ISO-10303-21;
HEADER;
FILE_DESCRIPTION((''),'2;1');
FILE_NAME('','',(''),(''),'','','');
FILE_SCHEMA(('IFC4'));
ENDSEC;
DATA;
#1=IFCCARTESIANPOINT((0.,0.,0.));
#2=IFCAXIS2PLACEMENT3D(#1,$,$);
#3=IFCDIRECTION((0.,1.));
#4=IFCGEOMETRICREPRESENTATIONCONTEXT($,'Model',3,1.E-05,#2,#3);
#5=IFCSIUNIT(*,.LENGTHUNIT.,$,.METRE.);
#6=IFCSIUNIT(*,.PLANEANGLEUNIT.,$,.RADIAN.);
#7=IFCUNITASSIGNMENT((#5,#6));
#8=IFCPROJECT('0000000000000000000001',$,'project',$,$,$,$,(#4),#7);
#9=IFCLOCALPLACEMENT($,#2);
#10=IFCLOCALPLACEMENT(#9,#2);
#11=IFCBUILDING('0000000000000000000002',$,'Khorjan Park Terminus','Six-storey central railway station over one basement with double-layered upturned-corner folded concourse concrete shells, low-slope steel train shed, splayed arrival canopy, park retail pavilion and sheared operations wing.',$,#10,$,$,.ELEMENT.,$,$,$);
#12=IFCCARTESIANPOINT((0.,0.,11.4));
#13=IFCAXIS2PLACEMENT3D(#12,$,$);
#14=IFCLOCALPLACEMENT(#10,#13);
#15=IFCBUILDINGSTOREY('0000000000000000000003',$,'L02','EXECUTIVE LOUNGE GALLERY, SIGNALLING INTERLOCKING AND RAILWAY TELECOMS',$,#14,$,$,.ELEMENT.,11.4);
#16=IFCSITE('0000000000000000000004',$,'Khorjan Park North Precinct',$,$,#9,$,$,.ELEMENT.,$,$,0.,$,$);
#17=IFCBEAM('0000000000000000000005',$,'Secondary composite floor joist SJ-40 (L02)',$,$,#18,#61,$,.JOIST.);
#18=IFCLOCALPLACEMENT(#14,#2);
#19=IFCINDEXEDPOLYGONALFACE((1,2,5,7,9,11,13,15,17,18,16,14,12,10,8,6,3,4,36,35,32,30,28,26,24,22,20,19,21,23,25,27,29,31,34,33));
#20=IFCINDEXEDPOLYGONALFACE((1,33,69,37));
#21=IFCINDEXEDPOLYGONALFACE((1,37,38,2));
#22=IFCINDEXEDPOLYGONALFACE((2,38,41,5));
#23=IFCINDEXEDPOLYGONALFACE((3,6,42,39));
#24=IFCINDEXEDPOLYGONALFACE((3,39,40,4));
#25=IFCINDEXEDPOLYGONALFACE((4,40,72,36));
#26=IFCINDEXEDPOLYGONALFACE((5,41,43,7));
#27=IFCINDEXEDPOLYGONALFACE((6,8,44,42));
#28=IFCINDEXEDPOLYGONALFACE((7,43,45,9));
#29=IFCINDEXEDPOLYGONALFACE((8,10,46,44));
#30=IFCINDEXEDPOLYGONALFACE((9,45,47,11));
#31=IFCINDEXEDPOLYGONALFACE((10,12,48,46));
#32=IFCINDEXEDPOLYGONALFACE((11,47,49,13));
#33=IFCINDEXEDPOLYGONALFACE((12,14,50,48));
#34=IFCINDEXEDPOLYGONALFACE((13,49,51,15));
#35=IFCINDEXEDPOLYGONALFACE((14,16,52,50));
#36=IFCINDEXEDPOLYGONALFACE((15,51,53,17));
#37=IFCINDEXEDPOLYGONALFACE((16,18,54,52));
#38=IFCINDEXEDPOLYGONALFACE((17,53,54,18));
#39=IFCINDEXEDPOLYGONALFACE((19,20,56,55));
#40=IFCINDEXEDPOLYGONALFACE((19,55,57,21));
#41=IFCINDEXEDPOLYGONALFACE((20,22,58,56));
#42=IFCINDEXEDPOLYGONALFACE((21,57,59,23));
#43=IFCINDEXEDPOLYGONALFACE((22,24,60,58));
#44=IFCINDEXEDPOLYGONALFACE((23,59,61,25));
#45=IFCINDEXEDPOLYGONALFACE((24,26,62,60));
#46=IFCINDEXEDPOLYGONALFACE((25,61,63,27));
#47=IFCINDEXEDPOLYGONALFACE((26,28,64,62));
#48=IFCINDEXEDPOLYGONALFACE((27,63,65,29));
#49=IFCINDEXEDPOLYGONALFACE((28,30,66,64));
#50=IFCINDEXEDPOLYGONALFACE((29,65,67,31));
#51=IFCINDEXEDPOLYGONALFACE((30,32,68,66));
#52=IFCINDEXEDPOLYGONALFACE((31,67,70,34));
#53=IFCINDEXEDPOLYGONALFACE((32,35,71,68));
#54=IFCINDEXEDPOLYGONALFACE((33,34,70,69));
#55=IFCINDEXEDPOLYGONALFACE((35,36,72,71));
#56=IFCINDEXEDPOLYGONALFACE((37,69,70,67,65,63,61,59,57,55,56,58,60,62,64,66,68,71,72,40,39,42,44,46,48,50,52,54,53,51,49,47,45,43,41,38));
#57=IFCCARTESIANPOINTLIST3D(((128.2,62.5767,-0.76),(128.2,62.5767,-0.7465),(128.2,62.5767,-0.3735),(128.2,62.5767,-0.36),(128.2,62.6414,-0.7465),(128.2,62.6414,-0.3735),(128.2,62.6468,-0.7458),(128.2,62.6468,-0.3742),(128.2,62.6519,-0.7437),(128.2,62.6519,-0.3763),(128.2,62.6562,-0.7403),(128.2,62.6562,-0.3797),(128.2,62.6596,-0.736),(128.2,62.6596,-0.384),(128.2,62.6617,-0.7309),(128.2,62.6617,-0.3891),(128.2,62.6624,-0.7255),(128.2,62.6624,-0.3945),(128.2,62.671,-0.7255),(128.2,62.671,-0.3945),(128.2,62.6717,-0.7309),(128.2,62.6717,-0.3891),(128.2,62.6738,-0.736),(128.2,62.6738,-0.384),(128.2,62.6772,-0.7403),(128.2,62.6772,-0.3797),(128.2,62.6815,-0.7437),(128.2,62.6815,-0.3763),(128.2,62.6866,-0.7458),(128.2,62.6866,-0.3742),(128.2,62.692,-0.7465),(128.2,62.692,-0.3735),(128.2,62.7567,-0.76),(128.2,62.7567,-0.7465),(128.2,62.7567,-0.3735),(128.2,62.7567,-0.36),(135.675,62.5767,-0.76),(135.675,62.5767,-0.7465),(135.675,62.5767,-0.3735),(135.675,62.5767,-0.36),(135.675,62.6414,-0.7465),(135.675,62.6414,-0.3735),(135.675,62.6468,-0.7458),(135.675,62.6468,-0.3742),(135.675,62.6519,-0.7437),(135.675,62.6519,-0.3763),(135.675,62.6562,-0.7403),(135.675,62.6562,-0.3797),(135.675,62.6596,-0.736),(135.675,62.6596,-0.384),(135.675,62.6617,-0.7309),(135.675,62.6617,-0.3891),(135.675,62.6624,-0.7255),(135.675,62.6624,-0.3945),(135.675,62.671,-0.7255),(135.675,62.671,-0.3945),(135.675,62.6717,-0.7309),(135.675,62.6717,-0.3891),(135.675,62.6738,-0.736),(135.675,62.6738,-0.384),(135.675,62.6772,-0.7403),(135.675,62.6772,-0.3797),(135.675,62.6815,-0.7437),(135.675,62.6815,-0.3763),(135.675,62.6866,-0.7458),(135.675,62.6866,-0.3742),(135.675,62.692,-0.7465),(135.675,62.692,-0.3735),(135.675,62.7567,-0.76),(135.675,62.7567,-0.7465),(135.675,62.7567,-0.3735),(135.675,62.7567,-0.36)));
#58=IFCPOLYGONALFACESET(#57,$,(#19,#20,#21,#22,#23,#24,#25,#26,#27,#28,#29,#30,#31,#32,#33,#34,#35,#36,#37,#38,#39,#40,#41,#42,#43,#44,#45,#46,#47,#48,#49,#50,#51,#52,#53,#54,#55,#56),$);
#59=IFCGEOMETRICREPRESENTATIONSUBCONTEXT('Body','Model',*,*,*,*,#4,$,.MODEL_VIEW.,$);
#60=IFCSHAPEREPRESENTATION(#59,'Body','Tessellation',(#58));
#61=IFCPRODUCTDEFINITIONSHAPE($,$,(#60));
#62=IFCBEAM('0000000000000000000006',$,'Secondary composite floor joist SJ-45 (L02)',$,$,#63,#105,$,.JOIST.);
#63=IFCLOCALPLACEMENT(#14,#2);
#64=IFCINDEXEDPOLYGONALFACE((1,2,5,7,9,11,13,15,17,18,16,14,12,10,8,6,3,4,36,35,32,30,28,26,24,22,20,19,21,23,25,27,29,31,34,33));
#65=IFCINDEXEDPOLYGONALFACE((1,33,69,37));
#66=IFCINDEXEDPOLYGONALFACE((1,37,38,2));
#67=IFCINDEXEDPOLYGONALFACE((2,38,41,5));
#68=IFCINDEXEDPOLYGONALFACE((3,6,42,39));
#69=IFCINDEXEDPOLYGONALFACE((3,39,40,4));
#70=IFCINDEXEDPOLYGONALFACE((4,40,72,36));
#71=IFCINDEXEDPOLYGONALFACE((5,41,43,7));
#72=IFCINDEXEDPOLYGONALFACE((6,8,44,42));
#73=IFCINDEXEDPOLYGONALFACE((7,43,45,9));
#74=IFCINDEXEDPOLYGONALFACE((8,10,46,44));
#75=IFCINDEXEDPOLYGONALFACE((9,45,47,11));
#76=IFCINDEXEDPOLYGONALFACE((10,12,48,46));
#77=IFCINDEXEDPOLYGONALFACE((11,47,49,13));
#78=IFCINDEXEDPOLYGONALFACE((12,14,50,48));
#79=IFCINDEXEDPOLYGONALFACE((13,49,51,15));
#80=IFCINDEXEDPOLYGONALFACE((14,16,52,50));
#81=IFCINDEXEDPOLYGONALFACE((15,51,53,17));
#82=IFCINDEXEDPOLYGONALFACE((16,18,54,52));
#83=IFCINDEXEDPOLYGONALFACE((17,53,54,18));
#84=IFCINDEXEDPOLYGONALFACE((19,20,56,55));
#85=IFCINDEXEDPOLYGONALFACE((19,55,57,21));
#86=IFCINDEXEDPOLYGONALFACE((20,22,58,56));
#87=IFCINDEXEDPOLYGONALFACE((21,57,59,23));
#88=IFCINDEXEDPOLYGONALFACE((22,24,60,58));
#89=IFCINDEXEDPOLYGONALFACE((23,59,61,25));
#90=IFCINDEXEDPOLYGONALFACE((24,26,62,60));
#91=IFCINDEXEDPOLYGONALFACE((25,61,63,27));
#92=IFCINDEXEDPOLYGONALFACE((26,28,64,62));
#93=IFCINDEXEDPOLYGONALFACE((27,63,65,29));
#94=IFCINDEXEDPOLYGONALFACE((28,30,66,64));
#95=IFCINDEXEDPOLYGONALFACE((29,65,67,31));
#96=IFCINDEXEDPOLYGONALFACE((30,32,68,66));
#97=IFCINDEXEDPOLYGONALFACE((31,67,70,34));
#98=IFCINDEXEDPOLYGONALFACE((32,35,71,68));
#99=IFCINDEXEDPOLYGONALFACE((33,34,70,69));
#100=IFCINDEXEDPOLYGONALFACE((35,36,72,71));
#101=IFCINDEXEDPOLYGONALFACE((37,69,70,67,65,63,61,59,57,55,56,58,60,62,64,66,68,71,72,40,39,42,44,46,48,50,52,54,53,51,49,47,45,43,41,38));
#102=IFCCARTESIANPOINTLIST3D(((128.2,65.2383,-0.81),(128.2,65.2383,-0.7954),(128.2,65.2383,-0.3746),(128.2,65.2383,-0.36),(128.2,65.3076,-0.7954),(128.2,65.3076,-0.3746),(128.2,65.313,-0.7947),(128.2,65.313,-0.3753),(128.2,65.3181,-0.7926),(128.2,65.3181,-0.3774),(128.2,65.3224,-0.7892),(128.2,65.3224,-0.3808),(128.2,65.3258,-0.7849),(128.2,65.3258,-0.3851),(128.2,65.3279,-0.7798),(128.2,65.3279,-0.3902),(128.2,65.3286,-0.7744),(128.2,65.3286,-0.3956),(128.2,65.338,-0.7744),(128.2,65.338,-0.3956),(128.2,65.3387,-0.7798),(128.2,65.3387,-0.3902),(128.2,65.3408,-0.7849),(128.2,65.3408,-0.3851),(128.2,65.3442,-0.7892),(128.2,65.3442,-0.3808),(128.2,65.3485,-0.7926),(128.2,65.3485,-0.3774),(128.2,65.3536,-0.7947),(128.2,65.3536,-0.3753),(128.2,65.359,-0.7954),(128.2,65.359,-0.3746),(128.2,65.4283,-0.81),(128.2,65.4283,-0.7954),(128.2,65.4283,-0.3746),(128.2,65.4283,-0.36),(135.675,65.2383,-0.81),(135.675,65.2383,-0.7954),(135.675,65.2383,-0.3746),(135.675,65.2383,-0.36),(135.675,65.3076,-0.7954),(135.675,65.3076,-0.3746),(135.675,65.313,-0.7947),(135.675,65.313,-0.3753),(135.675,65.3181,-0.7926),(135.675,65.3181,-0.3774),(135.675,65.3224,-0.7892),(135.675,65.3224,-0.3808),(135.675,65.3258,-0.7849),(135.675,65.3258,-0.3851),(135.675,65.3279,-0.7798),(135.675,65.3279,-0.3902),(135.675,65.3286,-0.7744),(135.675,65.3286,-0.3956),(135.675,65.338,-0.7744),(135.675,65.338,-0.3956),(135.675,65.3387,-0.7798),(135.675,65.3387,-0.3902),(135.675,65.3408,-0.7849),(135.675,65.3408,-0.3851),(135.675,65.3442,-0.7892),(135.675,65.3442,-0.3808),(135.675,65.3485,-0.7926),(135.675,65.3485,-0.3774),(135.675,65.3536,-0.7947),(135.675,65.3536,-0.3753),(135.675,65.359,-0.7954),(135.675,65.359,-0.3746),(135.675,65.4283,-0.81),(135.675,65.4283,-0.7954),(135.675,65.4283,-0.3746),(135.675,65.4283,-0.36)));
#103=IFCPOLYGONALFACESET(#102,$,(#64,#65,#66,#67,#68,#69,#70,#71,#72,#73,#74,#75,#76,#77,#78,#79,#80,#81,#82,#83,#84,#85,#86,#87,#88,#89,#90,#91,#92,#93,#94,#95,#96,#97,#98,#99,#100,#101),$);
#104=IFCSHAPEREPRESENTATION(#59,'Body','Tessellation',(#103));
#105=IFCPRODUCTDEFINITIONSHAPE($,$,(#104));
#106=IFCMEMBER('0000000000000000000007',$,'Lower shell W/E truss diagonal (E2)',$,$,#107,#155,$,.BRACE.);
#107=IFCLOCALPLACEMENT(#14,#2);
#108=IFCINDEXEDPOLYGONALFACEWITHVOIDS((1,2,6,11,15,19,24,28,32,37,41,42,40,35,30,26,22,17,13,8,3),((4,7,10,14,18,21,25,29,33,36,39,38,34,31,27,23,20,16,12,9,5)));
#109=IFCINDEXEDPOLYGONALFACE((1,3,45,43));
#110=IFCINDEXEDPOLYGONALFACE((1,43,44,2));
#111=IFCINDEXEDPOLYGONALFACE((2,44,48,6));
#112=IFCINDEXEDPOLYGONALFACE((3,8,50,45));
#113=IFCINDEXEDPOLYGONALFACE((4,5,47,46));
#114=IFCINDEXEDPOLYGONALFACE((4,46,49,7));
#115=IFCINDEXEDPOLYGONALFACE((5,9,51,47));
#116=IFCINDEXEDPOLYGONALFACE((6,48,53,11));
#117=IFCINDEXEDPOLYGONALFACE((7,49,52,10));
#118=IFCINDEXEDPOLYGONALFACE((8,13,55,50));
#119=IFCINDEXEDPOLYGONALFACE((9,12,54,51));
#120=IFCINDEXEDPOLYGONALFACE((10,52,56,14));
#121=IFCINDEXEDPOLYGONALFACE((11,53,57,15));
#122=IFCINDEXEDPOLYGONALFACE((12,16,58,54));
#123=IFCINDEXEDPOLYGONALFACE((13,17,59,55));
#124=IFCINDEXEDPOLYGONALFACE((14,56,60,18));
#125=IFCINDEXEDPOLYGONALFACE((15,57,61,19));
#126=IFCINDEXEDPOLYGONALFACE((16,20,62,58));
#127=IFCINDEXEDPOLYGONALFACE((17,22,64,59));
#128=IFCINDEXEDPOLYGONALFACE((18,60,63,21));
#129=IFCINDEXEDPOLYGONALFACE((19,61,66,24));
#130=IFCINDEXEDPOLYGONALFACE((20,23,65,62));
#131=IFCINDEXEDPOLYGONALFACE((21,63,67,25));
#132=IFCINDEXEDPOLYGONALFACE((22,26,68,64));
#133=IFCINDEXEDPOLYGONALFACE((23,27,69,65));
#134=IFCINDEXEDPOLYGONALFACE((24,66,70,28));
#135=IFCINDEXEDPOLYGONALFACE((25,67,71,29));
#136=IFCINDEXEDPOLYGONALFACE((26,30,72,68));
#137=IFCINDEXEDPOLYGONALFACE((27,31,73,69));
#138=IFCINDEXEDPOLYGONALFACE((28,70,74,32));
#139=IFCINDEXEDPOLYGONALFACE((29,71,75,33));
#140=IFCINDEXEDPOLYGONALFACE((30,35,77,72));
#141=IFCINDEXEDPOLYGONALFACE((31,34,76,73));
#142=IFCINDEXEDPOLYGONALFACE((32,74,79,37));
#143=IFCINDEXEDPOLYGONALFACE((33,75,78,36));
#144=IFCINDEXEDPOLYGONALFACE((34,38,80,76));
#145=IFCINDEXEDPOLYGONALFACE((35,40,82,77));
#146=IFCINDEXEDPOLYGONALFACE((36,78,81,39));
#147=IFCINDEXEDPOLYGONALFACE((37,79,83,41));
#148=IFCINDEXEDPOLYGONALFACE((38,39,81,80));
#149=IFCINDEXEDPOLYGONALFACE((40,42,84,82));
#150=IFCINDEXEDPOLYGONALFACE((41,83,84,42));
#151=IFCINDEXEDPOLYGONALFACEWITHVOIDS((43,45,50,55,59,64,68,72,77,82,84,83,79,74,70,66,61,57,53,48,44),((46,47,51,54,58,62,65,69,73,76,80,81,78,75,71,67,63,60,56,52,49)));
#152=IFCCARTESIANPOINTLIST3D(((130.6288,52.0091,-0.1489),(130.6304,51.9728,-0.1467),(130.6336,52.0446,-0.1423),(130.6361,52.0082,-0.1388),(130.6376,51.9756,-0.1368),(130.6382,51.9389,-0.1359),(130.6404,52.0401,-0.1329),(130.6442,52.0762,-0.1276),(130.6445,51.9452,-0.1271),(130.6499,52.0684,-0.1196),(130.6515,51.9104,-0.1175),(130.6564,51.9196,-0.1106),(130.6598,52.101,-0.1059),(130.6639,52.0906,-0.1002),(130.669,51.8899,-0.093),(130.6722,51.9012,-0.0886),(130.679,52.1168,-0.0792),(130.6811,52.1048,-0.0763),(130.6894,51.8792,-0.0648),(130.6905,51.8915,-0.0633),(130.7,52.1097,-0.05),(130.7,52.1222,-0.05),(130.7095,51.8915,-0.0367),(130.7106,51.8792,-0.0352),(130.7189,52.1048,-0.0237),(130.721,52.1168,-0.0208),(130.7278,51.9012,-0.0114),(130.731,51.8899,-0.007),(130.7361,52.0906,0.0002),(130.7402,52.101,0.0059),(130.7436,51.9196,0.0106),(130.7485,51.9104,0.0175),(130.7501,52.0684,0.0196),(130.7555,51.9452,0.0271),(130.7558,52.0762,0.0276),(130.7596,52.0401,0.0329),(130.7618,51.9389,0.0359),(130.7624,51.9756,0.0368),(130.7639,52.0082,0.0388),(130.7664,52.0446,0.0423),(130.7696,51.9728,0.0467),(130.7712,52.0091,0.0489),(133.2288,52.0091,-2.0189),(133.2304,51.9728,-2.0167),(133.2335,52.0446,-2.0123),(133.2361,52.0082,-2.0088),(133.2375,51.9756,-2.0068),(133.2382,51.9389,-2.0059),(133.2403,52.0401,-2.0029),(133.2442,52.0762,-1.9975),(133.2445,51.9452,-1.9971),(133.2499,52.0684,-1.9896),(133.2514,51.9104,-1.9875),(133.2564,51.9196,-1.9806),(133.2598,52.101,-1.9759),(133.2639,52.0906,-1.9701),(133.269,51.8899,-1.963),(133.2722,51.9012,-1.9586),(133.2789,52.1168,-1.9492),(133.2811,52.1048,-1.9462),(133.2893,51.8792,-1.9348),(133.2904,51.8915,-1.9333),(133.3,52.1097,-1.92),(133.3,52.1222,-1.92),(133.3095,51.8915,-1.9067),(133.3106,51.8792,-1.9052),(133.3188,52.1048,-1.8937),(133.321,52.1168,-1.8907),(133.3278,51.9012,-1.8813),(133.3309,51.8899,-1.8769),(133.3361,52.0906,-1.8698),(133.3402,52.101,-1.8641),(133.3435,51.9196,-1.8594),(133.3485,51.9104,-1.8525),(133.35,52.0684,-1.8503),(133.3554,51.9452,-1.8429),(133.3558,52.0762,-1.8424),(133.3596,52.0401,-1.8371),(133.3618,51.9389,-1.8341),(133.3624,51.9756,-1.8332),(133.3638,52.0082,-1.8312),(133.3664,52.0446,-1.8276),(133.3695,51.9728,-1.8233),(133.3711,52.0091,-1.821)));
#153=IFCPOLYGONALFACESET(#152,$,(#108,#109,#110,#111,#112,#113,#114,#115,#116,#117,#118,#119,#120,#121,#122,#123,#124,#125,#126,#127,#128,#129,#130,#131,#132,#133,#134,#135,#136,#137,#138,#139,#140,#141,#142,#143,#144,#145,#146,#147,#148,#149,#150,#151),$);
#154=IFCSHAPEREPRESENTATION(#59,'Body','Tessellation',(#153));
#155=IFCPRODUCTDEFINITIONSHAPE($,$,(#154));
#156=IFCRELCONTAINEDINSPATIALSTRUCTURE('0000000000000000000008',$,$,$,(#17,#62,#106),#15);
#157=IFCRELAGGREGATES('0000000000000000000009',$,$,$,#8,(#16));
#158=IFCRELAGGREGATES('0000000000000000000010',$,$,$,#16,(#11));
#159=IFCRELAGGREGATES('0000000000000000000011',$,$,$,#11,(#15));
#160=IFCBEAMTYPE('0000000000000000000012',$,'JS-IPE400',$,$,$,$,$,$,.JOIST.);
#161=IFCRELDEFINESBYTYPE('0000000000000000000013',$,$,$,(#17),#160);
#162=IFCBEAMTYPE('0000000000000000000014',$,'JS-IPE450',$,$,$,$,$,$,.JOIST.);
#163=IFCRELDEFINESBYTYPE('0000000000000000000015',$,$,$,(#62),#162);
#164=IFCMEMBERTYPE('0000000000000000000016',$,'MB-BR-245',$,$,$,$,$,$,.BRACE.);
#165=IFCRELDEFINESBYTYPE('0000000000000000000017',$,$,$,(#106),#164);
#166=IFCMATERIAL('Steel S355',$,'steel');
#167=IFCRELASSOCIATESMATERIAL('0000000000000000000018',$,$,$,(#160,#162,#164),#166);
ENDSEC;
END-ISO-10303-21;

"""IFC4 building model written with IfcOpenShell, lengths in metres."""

from ifc_helpers import new_model, si_unit, direction, frame, origin, origin_2d, place, context, subcontext, project, spatial, hollow_circle, i_section, extrude, material, material_profile, profile_set, type_object, element, save


model = new_model("IFC4")

# Units and contexts
model_context = context("Model", 3, precision=1e-05, world=origin(), true_north=direction((0.0, 1.0)))
body_context = subcontext(model_context, "Body", "Model", "MODEL_VIEW")
ifc_project = project(units=[si_unit("LENGTHUNIT", "METRE"), si_unit("PLANEANGLEUNIT", "RADIAN")], contexts=[model_context])

# Site, building, storey
site_placement = place(None, origin())
site = spatial("IfcSite", under=ifc_project, at=site_placement, Name="Khorjan Park North Precinct", CompositionType="ELEMENT", RefElevation=0.0)
building_placement = place(site_placement, origin())
building = spatial("IfcBuilding", under=site, at=building_placement, Name="Khorjan Park Terminus", Description="Six-storey central railway station over one basement with double-layered upturned-corner folded concourse concrete shells, low-slope steel train shed, splayed arrival canopy, park retail pavilion and sheared operations wing.", CompositionType="ELEMENT")
storey_placement = place(building_placement, frame((0.0, 0.0, 11.4)))
storey = spatial("IfcBuildingStorey", under=building, at=storey_placement, Name="L02", Description="EXECUTIVE LOUNGE GALLERY, SIGNALLING INTERLOCKING AND RAILWAY TELECOMS", CompositionType="ELEMENT", Elevation=11.4)

# Beams
ifc_material_1 = material(Name="Steel S355", Category="steel")
ifc_material_profile_1 = material_profile(ifc_material_1, i_section(OverallWidth=0.18, OverallDepth=0.4, WebThickness=0.0086, FlangeThickness=0.0135, FilletRadius=0.021, at=origin_2d()), Name="IPE 400")
ifc_profile_set_1 = profile_set([ifc_material_profile_1], Name="Steel S355")
beam_type_1 = type_object("IfcBeamType", Name="JS-IPE400", PredefinedType="JOIST", material=ifc_profile_set_1)
beam_1_placement = place(storey_placement, frame((128.2, 62.6667, -0.56), z_axis=(1.0, 0.0, 0.0), x_axis=(0.0, 1.0, 0.0)))
element("IfcBeam", 1, at=beam_1_placement, inside=storey, type_object=beam_type_1, Name="Secondary composite floor joist SJ-40 (L02)", PredefinedType="JOIST", context=body_context, shape_type="SweptSolid", body=[
    extrude(i_section(OverallWidth=0.18, OverallDepth=0.4, WebThickness=0.0086, FlangeThickness=0.0135, FilletRadius=0.021, at=origin_2d()), origin(), (0.0, 0.0, 1.0), 7.475),
])
ifc_material_profile_2 = material_profile(ifc_material_1, i_section(OverallWidth=0.19, OverallDepth=0.45, WebThickness=0.0094, FlangeThickness=0.0146, FilletRadius=0.021, at=origin_2d()), Name="IPE 450")
ifc_profile_set_2 = profile_set([ifc_material_profile_2], Name="Steel S355")
beam_type_2 = type_object("IfcBeamType", Name="JS-IPE450", PredefinedType="JOIST", material=ifc_profile_set_2)
beam_2_placement = place(storey_placement, frame((128.2, 65.3333, -0.585), z_axis=(1.0, 0.0, 0.0), x_axis=(0.0, 1.0, 0.0)))
element("IfcBeam", 2, at=beam_2_placement, inside=storey, type_object=beam_type_2, Name="Secondary composite floor joist SJ-45 (L02)", PredefinedType="JOIST", context=body_context, shape_type="SweptSolid", body=[
    extrude(i_section(OverallWidth=0.19, OverallDepth=0.45, WebThickness=0.0094, FlangeThickness=0.0146, FilletRadius=0.021, at=origin_2d()), origin(), (0.0, 0.0, 1.0), 7.475),
])

# Member
ifc_material_profile_3 = material_profile(ifc_material_1, hollow_circle(Radius=0.1222, WallThickness=0.0125, at=origin_2d()), Name="CHS 244.5x12.5")
ifc_profile_set_3 = profile_set([ifc_material_profile_3], Name="Steel S355")
member_type_1 = type_object("IfcMemberType", Name="MB-BR-245", PredefinedType="BRACE", material=ifc_profile_set_3)
member_1_placement = place(storey_placement, frame((130.7, 52.0, -0.05), z_axis=(0.81183, 0.0, -0.583893), x_axis=(0.0, 1.0, 0.0)))
element("IfcMember", 3, at=member_1_placement, inside=storey, type_object=member_type_1, Name="Lower shell W/E truss diagonal (E2)", PredefinedType="BRACE", context=body_context, shape_type="SweptSolid", body=[
    extrude(hollow_circle(Radius=0.1222, WallThickness=0.0125, at=origin_2d()), origin(), (0.0, 0.0, 1.0), 3.2026),
])

save(model, "model.ifc")
